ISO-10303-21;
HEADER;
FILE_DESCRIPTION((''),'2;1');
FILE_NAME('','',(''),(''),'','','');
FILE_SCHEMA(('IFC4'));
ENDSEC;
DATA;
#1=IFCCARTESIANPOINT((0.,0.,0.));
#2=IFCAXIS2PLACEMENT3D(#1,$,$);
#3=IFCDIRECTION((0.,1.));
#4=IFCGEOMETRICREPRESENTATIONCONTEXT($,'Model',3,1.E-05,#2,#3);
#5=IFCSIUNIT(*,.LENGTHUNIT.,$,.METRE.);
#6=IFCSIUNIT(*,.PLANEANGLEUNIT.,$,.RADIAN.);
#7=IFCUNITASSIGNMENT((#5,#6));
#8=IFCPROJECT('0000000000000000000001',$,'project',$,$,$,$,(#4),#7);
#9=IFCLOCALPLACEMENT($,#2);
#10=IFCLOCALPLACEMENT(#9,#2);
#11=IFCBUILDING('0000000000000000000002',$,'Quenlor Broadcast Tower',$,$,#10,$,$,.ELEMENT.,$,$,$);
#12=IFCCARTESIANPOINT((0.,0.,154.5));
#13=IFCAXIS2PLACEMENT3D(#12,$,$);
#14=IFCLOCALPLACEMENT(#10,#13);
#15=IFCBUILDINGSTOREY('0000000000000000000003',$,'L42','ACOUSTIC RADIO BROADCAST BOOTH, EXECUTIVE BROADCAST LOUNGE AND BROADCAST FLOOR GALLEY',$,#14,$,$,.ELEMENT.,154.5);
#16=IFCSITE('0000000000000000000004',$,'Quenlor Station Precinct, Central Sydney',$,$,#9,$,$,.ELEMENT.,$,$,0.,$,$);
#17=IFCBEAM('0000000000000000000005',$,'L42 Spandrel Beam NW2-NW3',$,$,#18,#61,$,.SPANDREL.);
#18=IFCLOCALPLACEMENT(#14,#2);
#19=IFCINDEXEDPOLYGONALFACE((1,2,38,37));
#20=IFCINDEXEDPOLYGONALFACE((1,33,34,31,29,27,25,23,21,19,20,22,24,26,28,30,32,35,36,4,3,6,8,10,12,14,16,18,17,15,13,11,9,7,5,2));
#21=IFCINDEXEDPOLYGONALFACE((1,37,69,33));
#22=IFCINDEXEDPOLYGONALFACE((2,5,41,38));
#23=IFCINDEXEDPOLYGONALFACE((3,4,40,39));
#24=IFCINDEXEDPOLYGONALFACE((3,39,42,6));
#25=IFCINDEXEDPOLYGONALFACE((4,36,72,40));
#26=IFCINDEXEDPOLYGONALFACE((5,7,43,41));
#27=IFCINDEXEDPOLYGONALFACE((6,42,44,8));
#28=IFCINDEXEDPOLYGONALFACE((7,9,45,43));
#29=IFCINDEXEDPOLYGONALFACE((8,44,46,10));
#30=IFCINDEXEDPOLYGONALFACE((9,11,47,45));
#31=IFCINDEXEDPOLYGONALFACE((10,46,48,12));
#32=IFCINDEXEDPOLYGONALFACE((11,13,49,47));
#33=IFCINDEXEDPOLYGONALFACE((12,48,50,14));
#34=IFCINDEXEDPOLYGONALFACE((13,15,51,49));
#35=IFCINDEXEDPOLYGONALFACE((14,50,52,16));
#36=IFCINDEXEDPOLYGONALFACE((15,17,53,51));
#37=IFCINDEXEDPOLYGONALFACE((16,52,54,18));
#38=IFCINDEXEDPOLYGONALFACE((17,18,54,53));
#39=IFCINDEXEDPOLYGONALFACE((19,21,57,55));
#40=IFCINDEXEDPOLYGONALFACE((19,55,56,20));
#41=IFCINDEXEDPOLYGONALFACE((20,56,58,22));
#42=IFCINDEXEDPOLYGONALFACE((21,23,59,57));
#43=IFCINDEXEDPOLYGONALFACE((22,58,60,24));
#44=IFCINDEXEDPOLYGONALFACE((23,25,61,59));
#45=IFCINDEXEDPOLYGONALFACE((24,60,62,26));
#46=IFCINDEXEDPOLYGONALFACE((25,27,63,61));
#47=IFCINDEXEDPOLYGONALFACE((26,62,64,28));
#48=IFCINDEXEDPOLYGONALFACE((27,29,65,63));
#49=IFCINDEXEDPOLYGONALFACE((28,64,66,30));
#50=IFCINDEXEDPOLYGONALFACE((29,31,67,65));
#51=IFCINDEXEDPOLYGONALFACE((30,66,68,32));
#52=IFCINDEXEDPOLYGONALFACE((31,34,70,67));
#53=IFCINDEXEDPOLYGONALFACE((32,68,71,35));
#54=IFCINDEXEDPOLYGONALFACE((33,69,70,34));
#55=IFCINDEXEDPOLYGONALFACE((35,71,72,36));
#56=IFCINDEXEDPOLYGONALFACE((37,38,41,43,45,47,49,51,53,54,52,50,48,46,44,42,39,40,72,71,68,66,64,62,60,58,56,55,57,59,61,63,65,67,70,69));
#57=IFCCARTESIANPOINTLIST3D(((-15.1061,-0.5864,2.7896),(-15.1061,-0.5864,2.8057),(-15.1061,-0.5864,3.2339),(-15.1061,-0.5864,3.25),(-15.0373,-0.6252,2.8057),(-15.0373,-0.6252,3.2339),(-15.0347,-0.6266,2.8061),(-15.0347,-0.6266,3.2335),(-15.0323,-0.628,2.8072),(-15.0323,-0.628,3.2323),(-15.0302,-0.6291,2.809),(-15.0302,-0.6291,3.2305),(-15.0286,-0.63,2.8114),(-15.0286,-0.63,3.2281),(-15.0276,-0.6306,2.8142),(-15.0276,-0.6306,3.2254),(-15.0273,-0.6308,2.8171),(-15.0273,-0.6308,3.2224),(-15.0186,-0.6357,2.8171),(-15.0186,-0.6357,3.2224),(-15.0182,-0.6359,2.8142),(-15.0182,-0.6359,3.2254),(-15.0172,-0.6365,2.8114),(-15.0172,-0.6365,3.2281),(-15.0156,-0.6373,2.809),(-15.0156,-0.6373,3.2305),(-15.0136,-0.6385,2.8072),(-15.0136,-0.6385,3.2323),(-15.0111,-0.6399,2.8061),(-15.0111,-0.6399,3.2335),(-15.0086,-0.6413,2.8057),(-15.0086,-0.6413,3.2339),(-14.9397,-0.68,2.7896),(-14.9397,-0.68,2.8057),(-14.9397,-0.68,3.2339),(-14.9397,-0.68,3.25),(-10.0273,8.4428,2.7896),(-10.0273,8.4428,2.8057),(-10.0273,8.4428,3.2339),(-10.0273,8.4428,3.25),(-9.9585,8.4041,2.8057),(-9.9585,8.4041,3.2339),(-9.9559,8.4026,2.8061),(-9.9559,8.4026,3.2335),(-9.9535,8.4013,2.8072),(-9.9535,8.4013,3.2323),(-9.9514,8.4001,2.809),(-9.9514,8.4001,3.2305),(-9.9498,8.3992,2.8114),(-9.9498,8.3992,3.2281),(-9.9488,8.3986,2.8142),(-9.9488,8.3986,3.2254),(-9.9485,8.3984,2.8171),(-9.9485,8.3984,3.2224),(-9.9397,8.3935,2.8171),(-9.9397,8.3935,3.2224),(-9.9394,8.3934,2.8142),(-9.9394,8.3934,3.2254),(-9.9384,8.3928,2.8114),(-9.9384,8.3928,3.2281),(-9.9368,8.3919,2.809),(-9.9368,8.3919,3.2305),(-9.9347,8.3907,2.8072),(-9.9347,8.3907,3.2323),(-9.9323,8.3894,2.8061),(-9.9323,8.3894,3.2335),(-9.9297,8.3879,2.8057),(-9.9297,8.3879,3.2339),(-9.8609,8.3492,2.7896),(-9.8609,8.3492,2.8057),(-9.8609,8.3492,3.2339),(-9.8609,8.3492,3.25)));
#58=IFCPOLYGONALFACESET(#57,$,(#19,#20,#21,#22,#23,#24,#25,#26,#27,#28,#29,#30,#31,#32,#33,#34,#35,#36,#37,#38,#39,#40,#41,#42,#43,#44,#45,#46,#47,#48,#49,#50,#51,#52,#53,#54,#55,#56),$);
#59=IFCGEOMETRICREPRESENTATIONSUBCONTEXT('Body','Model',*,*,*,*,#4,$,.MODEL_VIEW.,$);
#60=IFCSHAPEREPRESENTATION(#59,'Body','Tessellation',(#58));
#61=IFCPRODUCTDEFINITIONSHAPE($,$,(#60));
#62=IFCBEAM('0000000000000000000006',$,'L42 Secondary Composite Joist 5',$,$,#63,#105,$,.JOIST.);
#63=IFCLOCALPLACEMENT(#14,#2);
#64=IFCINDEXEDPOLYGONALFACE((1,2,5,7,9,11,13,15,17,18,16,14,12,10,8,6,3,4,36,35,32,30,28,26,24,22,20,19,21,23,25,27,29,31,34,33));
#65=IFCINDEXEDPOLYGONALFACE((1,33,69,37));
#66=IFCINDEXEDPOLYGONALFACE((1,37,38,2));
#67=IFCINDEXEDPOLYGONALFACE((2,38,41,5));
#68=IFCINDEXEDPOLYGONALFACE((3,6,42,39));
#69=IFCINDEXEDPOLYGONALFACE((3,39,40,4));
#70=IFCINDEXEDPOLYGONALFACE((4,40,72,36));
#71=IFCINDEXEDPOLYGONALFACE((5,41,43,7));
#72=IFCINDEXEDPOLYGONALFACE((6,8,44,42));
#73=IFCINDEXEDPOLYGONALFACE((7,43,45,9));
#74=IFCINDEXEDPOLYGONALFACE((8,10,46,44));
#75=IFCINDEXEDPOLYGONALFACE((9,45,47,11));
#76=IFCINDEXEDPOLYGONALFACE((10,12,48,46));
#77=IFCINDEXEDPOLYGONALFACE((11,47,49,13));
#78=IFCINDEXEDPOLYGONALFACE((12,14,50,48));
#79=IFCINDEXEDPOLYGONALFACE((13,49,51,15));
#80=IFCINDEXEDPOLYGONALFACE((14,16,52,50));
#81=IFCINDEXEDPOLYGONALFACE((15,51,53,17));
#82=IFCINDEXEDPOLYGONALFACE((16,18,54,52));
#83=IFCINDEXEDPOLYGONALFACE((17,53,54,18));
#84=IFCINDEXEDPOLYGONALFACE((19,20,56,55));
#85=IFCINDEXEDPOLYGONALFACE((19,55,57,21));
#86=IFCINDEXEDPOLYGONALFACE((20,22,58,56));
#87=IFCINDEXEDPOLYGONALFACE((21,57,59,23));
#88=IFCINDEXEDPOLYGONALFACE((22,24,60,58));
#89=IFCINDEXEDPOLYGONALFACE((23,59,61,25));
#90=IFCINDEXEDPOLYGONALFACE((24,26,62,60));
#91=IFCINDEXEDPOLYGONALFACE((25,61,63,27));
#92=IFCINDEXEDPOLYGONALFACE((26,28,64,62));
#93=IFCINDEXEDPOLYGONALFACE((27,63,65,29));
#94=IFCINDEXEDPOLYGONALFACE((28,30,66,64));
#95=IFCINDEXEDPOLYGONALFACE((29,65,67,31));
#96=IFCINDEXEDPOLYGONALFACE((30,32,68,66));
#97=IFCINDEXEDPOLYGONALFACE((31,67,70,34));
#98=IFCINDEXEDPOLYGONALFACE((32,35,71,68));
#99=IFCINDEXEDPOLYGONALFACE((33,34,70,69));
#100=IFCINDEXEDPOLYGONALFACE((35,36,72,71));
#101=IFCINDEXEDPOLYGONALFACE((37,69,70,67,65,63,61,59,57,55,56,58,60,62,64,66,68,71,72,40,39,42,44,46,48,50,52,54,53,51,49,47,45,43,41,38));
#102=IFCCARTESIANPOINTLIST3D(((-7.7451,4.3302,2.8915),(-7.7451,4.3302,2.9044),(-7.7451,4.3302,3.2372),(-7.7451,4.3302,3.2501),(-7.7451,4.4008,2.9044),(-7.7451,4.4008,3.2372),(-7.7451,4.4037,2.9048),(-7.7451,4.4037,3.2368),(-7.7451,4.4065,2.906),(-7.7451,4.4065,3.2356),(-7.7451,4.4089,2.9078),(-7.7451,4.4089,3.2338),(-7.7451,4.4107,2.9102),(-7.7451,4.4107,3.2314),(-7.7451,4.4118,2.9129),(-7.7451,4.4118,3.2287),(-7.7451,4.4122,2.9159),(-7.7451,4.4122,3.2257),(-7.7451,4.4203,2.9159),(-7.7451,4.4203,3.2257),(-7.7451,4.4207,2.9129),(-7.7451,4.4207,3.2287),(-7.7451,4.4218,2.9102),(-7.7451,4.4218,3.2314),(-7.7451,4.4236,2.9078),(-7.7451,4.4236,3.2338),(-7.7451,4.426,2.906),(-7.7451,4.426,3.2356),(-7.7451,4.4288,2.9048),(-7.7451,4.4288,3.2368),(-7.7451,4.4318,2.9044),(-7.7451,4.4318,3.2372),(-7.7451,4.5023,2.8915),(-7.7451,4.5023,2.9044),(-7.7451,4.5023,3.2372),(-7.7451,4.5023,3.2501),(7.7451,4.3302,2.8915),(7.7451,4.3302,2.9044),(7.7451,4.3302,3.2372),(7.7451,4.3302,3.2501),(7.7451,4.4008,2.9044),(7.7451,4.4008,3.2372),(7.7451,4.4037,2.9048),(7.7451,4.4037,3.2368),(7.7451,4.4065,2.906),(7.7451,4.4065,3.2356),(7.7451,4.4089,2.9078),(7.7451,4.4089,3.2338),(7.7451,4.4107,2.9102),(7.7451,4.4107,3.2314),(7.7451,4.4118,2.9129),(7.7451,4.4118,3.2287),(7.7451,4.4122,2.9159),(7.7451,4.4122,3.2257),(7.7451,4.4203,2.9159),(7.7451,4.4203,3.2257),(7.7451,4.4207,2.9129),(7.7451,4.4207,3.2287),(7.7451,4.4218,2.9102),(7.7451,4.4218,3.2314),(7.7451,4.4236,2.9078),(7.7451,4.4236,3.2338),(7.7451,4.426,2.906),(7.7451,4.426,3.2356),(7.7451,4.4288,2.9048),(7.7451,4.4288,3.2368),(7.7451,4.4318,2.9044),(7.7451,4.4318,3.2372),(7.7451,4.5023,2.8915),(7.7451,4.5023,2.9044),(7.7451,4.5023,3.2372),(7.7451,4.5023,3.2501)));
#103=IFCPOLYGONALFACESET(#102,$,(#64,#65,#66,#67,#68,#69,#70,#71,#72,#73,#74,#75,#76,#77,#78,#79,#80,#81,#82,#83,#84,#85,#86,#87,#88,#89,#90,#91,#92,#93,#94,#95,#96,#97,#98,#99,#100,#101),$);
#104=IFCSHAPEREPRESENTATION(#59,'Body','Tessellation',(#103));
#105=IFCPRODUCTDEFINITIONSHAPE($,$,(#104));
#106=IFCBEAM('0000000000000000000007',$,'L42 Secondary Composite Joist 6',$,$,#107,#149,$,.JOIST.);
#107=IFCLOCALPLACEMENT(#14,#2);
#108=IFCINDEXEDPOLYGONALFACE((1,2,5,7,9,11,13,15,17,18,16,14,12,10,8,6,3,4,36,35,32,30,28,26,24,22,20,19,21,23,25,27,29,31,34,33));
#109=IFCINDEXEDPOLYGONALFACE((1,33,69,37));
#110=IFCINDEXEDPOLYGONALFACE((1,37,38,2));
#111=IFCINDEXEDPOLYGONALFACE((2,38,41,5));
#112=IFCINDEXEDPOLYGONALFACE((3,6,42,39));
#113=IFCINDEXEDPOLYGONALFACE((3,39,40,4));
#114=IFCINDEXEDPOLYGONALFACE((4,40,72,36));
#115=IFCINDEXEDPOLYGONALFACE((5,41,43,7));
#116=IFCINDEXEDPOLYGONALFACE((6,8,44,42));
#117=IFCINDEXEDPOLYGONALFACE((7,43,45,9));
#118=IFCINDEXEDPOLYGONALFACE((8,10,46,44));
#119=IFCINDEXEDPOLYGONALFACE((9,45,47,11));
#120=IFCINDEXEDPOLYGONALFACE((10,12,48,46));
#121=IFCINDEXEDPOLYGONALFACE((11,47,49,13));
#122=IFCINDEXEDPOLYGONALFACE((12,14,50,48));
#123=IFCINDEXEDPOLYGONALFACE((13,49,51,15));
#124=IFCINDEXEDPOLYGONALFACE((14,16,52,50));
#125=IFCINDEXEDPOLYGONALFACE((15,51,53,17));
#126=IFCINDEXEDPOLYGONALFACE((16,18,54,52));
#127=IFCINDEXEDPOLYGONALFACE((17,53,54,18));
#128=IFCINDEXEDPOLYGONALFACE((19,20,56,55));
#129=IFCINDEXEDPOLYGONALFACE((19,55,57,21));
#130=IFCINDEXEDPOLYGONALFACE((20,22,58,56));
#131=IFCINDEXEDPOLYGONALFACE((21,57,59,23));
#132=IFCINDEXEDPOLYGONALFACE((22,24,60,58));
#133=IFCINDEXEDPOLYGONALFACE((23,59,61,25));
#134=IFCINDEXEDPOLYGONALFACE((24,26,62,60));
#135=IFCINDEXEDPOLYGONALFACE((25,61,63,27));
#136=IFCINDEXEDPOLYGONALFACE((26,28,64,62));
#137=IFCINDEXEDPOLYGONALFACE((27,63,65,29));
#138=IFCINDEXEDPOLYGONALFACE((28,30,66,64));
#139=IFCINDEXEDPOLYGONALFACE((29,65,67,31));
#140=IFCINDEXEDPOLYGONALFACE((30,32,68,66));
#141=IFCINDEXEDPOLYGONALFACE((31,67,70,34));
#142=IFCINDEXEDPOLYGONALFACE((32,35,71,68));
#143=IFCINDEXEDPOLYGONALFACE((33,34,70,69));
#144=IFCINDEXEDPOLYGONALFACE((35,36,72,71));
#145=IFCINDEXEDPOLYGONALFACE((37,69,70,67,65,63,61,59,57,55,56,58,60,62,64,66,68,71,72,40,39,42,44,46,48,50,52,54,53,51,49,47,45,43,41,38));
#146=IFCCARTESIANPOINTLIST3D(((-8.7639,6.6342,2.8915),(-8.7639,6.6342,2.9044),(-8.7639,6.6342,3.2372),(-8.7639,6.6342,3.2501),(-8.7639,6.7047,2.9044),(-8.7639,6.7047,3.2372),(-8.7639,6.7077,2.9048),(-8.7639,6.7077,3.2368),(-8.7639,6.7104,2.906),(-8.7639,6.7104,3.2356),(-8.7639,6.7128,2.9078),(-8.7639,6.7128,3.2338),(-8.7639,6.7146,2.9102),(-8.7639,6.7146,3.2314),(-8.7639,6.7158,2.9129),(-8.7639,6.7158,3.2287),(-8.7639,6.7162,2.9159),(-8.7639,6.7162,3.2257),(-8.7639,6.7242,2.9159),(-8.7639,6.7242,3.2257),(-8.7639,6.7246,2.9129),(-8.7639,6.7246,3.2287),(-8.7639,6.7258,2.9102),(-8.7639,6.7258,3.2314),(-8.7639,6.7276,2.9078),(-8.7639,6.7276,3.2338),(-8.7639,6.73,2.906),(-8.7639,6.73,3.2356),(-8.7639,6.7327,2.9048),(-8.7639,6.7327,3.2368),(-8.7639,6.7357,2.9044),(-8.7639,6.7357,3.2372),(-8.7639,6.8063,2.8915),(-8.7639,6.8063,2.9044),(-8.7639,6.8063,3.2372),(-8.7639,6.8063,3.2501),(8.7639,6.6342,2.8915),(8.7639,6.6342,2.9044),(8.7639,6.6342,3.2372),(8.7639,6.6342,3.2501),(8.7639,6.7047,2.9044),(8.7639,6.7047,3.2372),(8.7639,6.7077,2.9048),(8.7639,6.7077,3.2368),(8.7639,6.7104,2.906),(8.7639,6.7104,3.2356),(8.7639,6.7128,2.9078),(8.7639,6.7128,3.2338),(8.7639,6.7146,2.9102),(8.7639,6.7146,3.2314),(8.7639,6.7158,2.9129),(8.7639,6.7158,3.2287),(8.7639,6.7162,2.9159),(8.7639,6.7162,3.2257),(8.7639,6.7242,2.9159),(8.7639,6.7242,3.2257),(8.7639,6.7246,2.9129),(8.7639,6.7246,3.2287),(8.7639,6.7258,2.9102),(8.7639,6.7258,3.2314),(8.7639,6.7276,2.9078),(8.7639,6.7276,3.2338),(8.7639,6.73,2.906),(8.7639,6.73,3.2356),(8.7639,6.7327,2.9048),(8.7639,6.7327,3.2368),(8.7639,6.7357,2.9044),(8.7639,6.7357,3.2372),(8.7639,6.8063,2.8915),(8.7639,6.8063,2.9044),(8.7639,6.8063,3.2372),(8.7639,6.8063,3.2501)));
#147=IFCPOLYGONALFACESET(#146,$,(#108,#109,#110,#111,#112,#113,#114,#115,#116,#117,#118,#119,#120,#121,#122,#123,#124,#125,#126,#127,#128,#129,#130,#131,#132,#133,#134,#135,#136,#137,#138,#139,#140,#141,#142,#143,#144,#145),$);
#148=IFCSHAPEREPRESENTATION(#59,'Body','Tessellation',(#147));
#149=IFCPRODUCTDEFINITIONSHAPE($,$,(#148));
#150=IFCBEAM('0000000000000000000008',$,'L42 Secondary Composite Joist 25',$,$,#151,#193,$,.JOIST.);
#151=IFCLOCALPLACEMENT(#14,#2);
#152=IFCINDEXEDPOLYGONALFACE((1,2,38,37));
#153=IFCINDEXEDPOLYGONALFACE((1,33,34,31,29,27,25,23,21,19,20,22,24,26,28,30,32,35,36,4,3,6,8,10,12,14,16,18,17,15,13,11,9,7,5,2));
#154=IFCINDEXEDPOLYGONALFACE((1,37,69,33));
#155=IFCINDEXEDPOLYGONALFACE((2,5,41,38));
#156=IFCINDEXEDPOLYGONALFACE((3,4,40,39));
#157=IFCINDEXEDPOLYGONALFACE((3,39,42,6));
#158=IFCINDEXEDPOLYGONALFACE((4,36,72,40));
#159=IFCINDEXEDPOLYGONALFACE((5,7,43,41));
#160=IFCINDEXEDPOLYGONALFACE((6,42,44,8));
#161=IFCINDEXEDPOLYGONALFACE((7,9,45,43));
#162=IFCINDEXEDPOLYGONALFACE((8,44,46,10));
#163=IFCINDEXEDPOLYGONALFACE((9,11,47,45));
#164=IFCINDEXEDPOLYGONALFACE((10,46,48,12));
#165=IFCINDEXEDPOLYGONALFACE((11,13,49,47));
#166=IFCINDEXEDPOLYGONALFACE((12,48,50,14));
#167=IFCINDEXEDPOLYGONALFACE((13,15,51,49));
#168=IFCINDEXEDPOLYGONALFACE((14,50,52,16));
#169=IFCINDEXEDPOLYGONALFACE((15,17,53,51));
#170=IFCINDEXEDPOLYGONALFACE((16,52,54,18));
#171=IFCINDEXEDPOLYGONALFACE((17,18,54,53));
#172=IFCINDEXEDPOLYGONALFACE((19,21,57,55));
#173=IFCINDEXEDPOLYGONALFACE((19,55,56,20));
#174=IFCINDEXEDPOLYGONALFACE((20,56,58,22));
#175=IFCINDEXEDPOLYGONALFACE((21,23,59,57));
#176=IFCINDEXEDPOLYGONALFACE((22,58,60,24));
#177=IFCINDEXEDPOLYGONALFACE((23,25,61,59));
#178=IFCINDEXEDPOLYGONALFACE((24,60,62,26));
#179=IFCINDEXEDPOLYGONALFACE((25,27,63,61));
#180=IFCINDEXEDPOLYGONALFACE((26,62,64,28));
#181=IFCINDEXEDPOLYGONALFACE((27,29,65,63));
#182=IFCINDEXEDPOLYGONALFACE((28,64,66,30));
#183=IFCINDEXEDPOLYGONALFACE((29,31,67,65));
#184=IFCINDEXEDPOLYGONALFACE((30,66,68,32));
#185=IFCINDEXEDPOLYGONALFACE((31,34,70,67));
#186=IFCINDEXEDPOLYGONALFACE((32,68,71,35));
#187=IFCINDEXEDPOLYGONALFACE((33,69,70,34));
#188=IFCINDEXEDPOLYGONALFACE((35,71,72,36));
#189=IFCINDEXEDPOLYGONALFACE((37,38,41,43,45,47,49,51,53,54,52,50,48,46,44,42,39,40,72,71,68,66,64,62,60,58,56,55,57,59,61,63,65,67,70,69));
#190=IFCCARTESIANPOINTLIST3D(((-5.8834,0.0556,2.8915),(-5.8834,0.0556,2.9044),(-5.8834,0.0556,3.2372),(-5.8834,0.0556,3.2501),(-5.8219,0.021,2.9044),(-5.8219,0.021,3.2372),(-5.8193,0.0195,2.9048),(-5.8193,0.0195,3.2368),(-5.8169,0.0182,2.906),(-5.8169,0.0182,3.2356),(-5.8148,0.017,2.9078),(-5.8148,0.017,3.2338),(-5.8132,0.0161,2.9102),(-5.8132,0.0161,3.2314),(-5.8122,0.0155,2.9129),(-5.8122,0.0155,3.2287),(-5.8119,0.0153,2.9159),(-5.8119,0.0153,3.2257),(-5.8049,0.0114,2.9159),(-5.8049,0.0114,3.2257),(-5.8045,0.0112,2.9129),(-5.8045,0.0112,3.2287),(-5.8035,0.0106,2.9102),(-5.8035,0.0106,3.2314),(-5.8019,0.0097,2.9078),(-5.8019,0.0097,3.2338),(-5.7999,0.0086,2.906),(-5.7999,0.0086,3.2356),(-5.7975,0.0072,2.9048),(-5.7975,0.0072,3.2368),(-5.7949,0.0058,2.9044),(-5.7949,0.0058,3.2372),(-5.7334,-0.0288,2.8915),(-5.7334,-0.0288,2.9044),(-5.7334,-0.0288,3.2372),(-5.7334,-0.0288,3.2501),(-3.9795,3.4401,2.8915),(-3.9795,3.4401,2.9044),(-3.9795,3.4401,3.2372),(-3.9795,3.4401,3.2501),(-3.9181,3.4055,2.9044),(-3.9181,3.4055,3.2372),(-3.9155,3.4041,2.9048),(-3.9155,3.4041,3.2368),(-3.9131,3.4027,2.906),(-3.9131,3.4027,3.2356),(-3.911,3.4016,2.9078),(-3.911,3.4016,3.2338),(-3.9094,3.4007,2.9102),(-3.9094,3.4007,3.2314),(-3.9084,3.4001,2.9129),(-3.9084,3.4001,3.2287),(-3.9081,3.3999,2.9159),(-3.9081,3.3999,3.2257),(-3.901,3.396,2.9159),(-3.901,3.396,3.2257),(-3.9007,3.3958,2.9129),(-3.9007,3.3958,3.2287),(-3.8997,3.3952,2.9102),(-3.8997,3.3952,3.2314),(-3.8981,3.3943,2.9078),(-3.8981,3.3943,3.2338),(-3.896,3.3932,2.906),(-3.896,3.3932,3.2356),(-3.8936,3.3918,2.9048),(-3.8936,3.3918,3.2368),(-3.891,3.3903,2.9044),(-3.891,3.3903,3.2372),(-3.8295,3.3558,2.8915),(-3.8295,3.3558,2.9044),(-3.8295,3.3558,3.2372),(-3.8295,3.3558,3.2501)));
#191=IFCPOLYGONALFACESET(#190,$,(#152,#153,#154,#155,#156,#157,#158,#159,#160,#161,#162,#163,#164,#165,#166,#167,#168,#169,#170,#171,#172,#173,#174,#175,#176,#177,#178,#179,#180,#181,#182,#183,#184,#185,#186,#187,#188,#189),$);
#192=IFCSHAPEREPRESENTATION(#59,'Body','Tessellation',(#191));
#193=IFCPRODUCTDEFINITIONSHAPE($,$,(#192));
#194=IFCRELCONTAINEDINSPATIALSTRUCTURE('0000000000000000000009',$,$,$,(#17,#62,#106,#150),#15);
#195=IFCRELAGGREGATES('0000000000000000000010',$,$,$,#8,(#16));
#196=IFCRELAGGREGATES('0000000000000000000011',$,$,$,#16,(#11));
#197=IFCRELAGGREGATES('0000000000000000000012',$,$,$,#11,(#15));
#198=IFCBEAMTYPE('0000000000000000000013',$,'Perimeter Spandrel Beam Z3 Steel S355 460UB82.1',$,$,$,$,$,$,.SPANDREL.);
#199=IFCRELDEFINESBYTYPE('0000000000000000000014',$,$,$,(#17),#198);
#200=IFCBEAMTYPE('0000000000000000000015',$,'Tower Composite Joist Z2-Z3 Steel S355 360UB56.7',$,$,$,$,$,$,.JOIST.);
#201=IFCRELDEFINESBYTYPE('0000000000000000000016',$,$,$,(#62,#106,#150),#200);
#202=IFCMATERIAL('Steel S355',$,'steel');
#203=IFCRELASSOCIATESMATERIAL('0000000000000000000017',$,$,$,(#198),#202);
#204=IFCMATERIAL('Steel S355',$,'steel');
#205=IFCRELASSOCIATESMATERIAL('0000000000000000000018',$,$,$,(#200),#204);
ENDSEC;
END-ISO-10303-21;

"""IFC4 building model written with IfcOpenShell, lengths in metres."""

from ifc_helpers import new_model, si_unit, direction, frame, origin, origin_2d, place, context, subcontext, project, spatial, i_section, extrude, material, material_profile, profile_set, type_object, element, save


model = new_model("IFC4")

# Units and contexts
model_context = context("Model", 3, precision=1e-05, world=origin(), true_north=direction((0.0, 1.0)))
body_context = subcontext(model_context, "Body", "Model", "MODEL_VIEW")
ifc_project = project(units=[si_unit("LENGTHUNIT", "METRE"), si_unit("PLANEANGLEUNIT", "RADIAN")], contexts=[model_context])

# Site, building, storey
site_placement = place(None, origin())
site = spatial("IfcSite", under=ifc_project, at=site_placement, Name="Quenlor Station Precinct, Central Sydney", CompositionType="ELEMENT", RefElevation=0.0)
building_placement = place(site_placement, origin())
building = spatial("IfcBuilding", under=site, at=building_placement, Name="Quenlor Broadcast Tower", CompositionType="ELEMENT")
storey_placement = place(building_placement, frame((0.0, 0.0, 154.5)))
storey = spatial("IfcBuildingStorey", under=building, at=storey_placement, Name="L42", Description="ACOUSTIC RADIO BROADCAST BOOTH, EXECUTIVE BROADCAST LOUNGE AND BROADCAST FLOOR GALLEY", CompositionType="ELEMENT", Elevation=154.5)

# Beams
ifc_material_1 = material(Name="Steel S355", Category="steel")
ifc_material_profile_1 = material_profile(ifc_material_1, i_section(OverallWidth=0.1909, OverallDepth=0.4604, WebThickness=0.01, FlangeThickness=0.0161, FilletRadius=0.0115, at=origin_2d()))
ifc_profile_set_1 = profile_set([ifc_material_profile_1], Name="Steel S355 460UB82.1")
beam_type_1 = type_object("IfcBeamType", Name="Perimeter Spandrel Beam Z3 Steel S355 460UB82.1", PredefinedType="SPANDREL", material=ifc_profile_set_1)
beam_1_placement = place(storey_placement, frame((-9.9441, 8.396, 3.0198), z_axis=(-0.490252, -0.871581, 0.0), x_axis=(0.871581, -0.490252, 0.0)))
element("IfcBeam", 1, at=beam_1_placement, inside=storey, type_object=beam_type_1, Name="L42 Spandrel Beam NW2-NW3", PredefinedType="SPANDREL", context=body_context, shape_type="SweptSolid", body=[
    extrude(i_section(OverallWidth=0.1909, OverallDepth=0.4604, WebThickness=0.01, FlangeThickness=0.0161, FilletRadius=0.0115, at=origin_2d()), origin(), (0.0, 0.0, 1.0), 10.3596),
])
ifc_material_2 = material(Name="Steel S355", Category="steel")
ifc_material_profile_2 = material_profile(ifc_material_2, i_section(OverallWidth=0.1721, OverallDepth=0.3586, WebThickness=0.0081, FlangeThickness=0.0129, FilletRadius=0.0115, at=origin_2d()))
ifc_profile_set_2 = profile_set([ifc_material_profile_2], Name="Steel S355 360UB56.7")
beam_type_2 = type_object("IfcBeamType", Name="Tower Composite Joist Z2-Z3 Steel S355 360UB56.7", PredefinedType="JOIST", material=ifc_profile_set_2)
beam_2_placement = place(storey_placement, frame((-7.7451, 4.4163, 3.0708), z_axis=(1.0, 0.0, 0.0), x_axis=(0.0, 1.0, 0.0)))
element("IfcBeam", 2, at=beam_2_placement, inside=storey, type_object=beam_type_2, Name="L42 Secondary Composite Joist 5", PredefinedType="JOIST", context=body_context, shape_type="SweptSolid", body=[
    extrude(i_section(OverallWidth=0.1721, OverallDepth=0.3586, WebThickness=0.0081, FlangeThickness=0.0129, FilletRadius=0.0115, at=origin_2d()), origin(), (0.0, 0.0, 1.0), 15.4902),
])
beam_3_placement = place(storey_placement, frame((-8.7639, 6.7202, 3.0708), z_axis=(1.0, 0.0, 0.0), x_axis=(0.0, 1.0, 0.0)))
element("IfcBeam", 3, at=beam_3_placement, inside=storey, type_object=beam_type_2, Name="L42 Secondary Composite Joist 6", PredefinedType="JOIST", context=body_context, shape_type="SweptSolid", body=[
    extrude(i_section(OverallWidth=0.1721, OverallDepth=0.3586, WebThickness=0.0081, FlangeThickness=0.0129, FilletRadius=0.0115, at=origin_2d()), origin(), (0.0, 0.0, 1.0), 17.5278),
])
beam_4_placement = place(storey_placement, frame((-3.9045, 3.3979, 3.0708), z_axis=(-0.490264, -0.871574, 0.0), x_axis=(0.871574, -0.490264, 0.0)))
element("IfcBeam", 4, at=beam_4_placement, inside=storey, type_object=beam_type_2, Name="L42 Secondary Composite Joist 25", PredefinedType="JOIST", context=body_context, shape_type="SweptSolid", body=[
    extrude(i_section(OverallWidth=0.1721, OverallDepth=0.3586, WebThickness=0.0081, FlangeThickness=0.0129, FilletRadius=0.0115, at=origin_2d()), origin(), (0.0, 0.0, 1.0), 3.8833),
])

save(model, "model.ifc")
